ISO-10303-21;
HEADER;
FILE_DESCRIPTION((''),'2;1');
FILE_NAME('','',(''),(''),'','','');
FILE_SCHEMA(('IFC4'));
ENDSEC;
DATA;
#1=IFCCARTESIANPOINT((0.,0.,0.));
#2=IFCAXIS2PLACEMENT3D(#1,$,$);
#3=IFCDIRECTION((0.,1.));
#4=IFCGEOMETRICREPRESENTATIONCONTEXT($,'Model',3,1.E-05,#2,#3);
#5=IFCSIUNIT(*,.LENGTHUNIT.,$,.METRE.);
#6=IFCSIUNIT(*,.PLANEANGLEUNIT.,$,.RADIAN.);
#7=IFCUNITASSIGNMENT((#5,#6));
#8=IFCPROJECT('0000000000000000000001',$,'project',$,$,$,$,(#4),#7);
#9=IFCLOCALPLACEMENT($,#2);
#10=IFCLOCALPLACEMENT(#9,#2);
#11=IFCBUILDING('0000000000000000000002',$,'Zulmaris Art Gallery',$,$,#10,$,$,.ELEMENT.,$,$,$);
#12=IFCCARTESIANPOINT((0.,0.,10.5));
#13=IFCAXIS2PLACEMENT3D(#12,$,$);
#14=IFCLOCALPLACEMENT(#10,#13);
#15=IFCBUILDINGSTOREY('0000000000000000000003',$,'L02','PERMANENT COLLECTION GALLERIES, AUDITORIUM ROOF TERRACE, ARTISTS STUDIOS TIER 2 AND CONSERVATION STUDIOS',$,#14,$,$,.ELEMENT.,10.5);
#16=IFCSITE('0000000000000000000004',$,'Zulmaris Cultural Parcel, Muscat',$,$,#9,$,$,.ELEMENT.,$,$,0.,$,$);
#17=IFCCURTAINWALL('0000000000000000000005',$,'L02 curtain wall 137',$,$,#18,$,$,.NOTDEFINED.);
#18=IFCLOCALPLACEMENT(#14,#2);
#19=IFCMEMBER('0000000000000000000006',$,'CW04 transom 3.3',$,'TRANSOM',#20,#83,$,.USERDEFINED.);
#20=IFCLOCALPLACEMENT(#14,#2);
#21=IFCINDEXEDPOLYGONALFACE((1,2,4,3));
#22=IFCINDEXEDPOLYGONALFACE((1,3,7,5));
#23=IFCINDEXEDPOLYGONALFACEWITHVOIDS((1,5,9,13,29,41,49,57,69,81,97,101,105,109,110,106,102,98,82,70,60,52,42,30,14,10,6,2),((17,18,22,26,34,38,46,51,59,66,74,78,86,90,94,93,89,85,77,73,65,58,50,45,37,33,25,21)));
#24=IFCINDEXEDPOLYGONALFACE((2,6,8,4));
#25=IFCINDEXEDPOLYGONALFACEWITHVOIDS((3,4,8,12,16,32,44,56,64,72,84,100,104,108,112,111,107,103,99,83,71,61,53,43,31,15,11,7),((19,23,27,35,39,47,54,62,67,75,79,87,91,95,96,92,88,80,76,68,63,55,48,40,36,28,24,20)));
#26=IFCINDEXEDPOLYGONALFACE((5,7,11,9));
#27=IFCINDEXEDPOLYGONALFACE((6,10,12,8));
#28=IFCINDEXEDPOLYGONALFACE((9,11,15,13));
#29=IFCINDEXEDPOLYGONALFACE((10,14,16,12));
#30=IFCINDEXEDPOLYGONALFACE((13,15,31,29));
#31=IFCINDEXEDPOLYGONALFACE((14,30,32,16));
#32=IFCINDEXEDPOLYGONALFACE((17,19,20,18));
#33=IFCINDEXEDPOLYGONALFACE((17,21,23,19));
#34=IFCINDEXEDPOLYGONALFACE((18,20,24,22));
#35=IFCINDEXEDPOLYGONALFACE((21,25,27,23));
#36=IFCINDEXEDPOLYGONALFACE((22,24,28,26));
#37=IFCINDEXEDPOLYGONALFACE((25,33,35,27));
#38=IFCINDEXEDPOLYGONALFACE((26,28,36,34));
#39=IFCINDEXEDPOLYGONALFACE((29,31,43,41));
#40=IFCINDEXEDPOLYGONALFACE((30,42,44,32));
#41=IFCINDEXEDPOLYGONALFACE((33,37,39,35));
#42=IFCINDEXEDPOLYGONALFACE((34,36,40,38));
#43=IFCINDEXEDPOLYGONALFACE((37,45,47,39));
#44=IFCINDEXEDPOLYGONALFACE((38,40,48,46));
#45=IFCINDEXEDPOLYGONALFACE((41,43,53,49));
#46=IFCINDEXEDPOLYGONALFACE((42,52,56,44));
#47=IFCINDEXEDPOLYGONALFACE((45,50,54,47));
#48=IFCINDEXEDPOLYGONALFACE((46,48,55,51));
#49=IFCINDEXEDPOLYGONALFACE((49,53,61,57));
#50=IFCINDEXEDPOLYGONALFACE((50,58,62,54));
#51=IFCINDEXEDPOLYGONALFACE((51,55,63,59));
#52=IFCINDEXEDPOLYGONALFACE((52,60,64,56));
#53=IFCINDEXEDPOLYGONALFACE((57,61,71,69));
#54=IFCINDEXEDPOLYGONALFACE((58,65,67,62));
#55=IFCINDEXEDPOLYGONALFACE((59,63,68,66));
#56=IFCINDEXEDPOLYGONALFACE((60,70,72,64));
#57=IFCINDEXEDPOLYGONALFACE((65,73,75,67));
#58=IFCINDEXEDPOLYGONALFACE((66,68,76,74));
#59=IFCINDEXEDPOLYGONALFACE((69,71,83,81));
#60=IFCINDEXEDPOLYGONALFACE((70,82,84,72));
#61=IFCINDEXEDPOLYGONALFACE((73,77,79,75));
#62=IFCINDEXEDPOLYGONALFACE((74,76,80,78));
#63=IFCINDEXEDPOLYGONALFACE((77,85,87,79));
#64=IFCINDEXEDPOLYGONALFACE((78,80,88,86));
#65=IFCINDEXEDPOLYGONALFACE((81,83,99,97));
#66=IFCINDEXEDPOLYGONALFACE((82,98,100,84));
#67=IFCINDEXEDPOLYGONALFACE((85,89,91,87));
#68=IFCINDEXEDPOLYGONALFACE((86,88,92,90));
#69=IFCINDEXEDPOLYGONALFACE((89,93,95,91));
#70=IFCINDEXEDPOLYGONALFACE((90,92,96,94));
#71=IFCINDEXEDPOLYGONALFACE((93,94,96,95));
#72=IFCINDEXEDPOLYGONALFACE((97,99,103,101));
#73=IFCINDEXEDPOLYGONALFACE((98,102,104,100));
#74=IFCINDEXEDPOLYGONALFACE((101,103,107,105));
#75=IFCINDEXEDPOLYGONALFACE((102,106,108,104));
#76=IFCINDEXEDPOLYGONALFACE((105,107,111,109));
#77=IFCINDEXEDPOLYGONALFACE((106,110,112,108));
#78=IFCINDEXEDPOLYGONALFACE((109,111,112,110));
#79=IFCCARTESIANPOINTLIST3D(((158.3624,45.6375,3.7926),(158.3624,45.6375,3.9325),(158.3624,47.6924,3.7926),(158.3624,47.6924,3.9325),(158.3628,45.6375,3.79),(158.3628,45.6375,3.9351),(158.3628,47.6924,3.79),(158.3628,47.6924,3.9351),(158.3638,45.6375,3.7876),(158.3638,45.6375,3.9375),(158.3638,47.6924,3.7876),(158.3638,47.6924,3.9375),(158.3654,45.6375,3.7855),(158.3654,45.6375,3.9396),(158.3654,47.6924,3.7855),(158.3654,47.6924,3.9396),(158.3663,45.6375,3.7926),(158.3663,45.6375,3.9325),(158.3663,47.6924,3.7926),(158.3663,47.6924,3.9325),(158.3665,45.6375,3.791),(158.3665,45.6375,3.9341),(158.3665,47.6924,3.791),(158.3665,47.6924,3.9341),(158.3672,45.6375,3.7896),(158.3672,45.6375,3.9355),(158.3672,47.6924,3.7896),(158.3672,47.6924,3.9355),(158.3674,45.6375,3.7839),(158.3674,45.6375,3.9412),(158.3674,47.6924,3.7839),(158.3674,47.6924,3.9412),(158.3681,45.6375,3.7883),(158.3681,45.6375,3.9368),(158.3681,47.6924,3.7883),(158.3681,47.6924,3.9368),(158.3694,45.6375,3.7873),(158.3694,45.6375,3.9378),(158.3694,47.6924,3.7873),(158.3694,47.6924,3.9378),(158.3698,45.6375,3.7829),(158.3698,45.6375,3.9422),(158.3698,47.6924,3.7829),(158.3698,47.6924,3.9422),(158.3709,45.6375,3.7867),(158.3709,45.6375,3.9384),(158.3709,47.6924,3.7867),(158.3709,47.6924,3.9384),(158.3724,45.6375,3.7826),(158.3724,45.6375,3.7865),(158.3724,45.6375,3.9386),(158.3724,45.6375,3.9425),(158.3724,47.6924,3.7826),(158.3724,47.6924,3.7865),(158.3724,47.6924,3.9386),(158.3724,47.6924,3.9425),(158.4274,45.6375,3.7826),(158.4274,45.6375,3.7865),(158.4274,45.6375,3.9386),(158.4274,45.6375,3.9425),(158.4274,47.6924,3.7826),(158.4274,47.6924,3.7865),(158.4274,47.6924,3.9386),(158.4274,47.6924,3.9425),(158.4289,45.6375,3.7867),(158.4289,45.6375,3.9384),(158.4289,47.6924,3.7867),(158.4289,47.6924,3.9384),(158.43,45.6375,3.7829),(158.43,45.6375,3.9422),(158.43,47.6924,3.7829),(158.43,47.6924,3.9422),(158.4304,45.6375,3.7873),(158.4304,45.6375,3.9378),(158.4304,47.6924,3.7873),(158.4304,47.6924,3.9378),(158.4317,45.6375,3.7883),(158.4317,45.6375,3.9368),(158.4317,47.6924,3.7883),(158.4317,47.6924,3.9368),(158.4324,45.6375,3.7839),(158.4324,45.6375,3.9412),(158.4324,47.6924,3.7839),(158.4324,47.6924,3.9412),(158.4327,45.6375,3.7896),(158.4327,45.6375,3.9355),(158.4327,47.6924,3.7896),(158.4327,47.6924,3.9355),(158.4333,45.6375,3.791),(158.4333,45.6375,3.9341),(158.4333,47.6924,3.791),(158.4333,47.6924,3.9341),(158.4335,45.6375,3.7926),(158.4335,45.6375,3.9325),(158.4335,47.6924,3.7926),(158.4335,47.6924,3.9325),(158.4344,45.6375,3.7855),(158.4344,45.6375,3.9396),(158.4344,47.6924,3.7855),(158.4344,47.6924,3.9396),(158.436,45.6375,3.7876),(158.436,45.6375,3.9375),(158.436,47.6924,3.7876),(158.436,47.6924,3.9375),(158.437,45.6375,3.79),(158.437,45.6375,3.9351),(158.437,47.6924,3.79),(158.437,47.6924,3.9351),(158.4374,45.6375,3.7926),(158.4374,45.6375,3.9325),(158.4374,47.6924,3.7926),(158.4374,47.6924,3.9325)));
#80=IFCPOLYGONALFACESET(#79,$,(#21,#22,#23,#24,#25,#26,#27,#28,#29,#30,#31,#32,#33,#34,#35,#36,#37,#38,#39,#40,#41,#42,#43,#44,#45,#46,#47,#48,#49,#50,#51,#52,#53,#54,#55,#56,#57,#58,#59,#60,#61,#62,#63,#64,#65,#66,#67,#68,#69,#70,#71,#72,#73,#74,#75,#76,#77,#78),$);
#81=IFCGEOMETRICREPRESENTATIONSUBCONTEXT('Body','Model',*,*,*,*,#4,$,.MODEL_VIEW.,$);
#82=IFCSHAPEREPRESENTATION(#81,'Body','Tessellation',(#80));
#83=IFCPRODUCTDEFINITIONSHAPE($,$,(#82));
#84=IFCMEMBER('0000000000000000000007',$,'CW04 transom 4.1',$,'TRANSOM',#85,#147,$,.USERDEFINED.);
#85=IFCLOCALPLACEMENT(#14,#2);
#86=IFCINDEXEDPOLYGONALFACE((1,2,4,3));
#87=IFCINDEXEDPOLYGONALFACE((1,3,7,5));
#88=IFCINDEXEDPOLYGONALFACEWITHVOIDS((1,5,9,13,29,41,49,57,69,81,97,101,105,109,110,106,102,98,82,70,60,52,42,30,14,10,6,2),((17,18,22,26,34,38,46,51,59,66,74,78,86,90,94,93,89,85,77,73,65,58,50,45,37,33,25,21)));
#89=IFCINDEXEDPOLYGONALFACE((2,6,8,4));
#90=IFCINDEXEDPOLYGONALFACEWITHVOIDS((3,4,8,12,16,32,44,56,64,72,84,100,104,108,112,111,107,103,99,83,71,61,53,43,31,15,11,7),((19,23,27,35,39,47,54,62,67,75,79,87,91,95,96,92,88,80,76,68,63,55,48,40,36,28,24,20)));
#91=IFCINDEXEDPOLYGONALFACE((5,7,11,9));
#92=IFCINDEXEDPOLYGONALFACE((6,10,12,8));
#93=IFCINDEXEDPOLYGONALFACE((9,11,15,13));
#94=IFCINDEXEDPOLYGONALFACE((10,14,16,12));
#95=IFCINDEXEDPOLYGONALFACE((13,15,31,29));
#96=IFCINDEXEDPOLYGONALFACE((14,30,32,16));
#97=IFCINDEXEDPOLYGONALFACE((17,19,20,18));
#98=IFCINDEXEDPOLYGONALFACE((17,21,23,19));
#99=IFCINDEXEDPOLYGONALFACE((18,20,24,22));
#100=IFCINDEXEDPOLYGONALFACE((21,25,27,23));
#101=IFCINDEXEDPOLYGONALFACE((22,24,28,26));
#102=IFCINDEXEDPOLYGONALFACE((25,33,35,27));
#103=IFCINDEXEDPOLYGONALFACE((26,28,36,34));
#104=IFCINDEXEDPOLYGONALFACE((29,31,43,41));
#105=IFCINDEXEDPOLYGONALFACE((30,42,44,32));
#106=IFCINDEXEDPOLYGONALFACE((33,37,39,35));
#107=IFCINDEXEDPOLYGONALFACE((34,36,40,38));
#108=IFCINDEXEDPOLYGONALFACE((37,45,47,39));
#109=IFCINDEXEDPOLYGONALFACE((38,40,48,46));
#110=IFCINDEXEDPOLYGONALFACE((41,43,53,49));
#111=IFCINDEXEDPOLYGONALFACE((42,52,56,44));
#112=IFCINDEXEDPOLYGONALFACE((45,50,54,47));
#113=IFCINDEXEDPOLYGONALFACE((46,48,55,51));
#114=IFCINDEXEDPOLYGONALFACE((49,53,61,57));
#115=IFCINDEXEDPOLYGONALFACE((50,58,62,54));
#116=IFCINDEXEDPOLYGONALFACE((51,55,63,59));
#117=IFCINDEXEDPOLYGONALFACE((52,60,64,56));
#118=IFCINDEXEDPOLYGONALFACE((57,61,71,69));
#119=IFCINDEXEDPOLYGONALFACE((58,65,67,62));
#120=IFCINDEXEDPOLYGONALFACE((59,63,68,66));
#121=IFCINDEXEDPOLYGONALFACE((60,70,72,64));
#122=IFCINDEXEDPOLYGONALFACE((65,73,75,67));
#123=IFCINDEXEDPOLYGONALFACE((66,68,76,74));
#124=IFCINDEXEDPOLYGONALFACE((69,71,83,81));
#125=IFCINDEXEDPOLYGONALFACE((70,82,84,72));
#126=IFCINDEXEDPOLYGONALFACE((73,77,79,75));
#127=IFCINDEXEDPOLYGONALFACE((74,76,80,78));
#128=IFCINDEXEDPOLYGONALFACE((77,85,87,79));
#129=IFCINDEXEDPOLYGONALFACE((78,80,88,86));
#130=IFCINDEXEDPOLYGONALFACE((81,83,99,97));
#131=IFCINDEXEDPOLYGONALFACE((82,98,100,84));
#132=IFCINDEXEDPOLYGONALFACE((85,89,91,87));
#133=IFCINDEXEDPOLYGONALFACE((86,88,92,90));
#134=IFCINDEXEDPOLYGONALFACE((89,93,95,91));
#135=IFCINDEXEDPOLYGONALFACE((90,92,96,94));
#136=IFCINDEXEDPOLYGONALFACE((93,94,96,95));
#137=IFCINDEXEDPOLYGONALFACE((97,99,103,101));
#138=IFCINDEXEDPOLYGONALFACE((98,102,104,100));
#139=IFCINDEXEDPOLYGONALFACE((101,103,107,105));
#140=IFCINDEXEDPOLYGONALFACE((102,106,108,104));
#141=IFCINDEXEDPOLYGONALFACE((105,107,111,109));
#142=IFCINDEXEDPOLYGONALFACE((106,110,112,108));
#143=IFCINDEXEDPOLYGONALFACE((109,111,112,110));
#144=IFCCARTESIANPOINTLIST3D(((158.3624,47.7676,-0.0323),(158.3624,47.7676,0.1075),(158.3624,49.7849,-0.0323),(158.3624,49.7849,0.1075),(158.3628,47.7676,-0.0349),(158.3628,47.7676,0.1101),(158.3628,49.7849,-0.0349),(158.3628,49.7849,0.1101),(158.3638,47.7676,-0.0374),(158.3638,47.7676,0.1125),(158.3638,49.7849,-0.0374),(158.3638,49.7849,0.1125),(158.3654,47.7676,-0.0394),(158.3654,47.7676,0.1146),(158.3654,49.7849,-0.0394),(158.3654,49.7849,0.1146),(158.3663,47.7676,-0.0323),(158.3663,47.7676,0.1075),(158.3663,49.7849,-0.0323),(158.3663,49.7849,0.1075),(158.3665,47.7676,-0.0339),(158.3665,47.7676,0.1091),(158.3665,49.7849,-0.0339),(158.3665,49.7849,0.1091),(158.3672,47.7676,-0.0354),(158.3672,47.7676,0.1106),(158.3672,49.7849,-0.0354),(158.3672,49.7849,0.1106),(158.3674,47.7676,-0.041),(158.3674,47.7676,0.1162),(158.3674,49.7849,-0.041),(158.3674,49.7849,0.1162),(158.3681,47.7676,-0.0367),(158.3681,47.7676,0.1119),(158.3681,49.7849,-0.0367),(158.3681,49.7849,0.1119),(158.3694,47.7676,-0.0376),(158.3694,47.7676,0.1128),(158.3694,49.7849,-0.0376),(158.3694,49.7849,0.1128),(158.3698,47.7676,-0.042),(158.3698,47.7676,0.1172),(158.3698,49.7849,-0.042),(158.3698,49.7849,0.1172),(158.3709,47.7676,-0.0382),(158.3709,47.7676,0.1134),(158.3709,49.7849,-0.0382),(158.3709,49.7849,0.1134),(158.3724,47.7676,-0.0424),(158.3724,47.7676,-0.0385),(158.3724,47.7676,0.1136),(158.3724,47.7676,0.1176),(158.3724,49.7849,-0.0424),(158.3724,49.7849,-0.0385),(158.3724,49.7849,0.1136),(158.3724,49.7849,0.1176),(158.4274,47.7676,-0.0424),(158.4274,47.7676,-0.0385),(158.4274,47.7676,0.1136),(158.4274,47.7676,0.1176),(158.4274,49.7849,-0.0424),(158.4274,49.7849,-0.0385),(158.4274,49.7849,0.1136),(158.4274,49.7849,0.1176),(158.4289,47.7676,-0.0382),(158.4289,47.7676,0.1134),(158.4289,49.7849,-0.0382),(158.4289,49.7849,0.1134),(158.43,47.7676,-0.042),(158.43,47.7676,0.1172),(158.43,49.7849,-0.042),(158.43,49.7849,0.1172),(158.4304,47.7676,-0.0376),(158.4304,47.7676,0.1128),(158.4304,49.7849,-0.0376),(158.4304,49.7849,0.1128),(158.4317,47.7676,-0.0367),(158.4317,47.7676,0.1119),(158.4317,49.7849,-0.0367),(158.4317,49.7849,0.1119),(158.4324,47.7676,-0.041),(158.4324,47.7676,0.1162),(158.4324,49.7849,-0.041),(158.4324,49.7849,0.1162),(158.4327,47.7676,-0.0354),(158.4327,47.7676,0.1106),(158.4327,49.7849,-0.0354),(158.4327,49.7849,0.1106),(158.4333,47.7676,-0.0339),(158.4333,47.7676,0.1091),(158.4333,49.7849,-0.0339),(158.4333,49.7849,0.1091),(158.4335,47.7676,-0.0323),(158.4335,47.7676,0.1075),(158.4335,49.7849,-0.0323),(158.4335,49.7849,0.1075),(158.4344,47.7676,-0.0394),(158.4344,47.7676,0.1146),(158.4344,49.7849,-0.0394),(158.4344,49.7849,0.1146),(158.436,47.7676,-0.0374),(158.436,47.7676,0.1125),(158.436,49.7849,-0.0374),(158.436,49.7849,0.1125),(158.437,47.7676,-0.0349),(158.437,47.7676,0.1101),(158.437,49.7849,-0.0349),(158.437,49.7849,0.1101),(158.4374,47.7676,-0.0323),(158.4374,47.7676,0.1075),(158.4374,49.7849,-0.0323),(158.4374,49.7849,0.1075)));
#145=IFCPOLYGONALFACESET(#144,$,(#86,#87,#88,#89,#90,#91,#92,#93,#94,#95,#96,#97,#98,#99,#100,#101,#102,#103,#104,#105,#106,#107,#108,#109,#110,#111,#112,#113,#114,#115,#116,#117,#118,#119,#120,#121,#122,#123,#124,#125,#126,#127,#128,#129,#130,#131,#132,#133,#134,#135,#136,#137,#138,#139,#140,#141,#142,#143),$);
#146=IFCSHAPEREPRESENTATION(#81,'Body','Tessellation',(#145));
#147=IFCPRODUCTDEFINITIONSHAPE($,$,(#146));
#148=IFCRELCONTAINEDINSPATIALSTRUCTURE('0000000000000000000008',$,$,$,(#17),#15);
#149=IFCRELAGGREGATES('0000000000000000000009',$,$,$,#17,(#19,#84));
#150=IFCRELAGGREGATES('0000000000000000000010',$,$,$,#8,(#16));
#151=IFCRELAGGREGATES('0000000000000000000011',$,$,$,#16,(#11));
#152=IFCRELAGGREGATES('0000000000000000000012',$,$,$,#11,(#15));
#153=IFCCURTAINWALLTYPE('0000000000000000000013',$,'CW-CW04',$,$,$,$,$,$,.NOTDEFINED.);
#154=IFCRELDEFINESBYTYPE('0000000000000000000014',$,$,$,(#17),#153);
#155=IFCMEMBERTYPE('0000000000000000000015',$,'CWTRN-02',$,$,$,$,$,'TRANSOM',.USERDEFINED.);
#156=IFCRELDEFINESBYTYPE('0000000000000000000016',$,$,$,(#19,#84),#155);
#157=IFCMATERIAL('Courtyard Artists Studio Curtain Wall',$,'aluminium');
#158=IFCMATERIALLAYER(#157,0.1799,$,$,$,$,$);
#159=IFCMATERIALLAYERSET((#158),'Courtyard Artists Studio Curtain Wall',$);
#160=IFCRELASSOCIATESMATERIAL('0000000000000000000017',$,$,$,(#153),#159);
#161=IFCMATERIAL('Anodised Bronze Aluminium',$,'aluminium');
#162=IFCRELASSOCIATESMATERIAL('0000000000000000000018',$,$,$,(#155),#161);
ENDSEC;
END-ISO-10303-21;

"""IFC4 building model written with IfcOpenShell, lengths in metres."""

from ifc_helpers import new_model, si_unit, direction, frame, origin, origin_2d, place, context, subcontext, project, spatial, hollow_rectangle, extrude, material, layer, layer_set, material_profile, profile_set, type_object, element, aggregate, save


model = new_model("IFC4")

# Units and contexts
model_context = context("Model", 3, precision=1e-05, world=origin(), true_north=direction((0.0, 1.0)))
body_context = subcontext(model_context, "Body", "Model", "MODEL_VIEW")
ifc_project = project(units=[si_unit("LENGTHUNIT", "METRE"), si_unit("PLANEANGLEUNIT", "RADIAN")], contexts=[model_context])

# Site, building, storey
site_placement = place(None, origin())
site = spatial("IfcSite", under=ifc_project, at=site_placement, Name="Zulmaris Cultural Parcel, Muscat", CompositionType="ELEMENT", RefElevation=0.0)
building_placement = place(site_placement, origin())
building = spatial("IfcBuilding", under=site, at=building_placement, Name="Zulmaris Art Gallery", CompositionType="ELEMENT")
storey_placement = place(building_placement, frame((0.0, 0.0, 10.5)))
storey = spatial("IfcBuildingStorey", under=building, at=storey_placement, Name="L02", Description="PERMANENT COLLECTION GALLERIES, AUDITORIUM ROOF TERRACE, ARTISTS STUDIOS TIER 2 AND CONSERVATION STUDIOS", CompositionType="ELEMENT", Elevation=10.5)

# Curtain wall
ifc_material_1 = material(Name="Courtyard Artists Studio Curtain Wall", Category="aluminium")
ifc_layer_1 = layer(ifc_material_1, 0.1799)
ifc_layer_set_1 = layer_set([ifc_layer_1], Name="Courtyard Artists Studio Curtain Wall")
curtain_wall_type = type_object("IfcCurtainWallType", Name="CW-CW04", PredefinedType="NOTDEFINED", material=ifc_layer_set_1)
curtain_wall_1_placement = place(storey_placement, origin())
curtain_wall_1 = element("IfcCurtainWall", 1, at=curtain_wall_1_placement, inside=storey, type_object=curtain_wall_type, Name="L02 curtain wall 137", PredefinedType="NOTDEFINED")
ifc_material_2 = material(Name="Anodised Bronze Aluminium", Category="aluminium")

# Members
ifc_material_profile_1 = material_profile(ifc_material_2, hollow_rectangle(XDim=0.075, YDim=0.1599, WallThickness=0.0039, InnerFilletRadius=0.0061, OuterFilletRadius=0.01, at=origin_2d()), Name="ALU 75x160x4")
ifc_profile_set_1 = profile_set([ifc_material_profile_1], Name="Anodised Bronze Aluminium")
member_type_1 = type_object("IfcMemberType", Name="CWTRN-02", ElementType="TRANSOM", PredefinedType="USERDEFINED", material=ifc_profile_set_1)
member_1_placement = place(storey_placement, frame((158.3999, 45.6375, 3.8625), z_axis=(0.0, 1.0, 0.0), x_axis=(-1.0, 0.0, 0.0)))
member_1 = element("IfcMember", 2, at=member_1_placement, type_object=member_type_1, Name="CW04 transom 3.3", ObjectType="TRANSOM", PredefinedType="USERDEFINED", context=body_context, shape_type="SweptSolid", body=[
    extrude(hollow_rectangle(XDim=0.075, YDim=0.1599, WallThickness=0.0039, InnerFilletRadius=0.0061, OuterFilletRadius=0.01, at=origin_2d()), origin(), (0.0, 0.0, 1.0), 2.0549),
])
member_2_placement = place(storey_placement, frame((158.3999, 47.7676, 0.0376), z_axis=(0.0, 1.0, 0.0), x_axis=(-1.0, 0.0, 0.0)))
member_2 = element("IfcMember", 3, at=member_2_placement, type_object=member_type_1, Name="CW04 transom 4.1", ObjectType="TRANSOM", PredefinedType="USERDEFINED", context=body_context, shape_type="SweptSolid", body=[
    extrude(hollow_rectangle(XDim=0.075, YDim=0.1599, WallThickness=0.0039, InnerFilletRadius=0.0061, OuterFilletRadius=0.01, at=origin_2d()), origin(), (0.0, 0.0, 1.0), 2.0173),
])

aggregate(curtain_wall_1, [member_1, member_2])

save(model, "model.ifc")
